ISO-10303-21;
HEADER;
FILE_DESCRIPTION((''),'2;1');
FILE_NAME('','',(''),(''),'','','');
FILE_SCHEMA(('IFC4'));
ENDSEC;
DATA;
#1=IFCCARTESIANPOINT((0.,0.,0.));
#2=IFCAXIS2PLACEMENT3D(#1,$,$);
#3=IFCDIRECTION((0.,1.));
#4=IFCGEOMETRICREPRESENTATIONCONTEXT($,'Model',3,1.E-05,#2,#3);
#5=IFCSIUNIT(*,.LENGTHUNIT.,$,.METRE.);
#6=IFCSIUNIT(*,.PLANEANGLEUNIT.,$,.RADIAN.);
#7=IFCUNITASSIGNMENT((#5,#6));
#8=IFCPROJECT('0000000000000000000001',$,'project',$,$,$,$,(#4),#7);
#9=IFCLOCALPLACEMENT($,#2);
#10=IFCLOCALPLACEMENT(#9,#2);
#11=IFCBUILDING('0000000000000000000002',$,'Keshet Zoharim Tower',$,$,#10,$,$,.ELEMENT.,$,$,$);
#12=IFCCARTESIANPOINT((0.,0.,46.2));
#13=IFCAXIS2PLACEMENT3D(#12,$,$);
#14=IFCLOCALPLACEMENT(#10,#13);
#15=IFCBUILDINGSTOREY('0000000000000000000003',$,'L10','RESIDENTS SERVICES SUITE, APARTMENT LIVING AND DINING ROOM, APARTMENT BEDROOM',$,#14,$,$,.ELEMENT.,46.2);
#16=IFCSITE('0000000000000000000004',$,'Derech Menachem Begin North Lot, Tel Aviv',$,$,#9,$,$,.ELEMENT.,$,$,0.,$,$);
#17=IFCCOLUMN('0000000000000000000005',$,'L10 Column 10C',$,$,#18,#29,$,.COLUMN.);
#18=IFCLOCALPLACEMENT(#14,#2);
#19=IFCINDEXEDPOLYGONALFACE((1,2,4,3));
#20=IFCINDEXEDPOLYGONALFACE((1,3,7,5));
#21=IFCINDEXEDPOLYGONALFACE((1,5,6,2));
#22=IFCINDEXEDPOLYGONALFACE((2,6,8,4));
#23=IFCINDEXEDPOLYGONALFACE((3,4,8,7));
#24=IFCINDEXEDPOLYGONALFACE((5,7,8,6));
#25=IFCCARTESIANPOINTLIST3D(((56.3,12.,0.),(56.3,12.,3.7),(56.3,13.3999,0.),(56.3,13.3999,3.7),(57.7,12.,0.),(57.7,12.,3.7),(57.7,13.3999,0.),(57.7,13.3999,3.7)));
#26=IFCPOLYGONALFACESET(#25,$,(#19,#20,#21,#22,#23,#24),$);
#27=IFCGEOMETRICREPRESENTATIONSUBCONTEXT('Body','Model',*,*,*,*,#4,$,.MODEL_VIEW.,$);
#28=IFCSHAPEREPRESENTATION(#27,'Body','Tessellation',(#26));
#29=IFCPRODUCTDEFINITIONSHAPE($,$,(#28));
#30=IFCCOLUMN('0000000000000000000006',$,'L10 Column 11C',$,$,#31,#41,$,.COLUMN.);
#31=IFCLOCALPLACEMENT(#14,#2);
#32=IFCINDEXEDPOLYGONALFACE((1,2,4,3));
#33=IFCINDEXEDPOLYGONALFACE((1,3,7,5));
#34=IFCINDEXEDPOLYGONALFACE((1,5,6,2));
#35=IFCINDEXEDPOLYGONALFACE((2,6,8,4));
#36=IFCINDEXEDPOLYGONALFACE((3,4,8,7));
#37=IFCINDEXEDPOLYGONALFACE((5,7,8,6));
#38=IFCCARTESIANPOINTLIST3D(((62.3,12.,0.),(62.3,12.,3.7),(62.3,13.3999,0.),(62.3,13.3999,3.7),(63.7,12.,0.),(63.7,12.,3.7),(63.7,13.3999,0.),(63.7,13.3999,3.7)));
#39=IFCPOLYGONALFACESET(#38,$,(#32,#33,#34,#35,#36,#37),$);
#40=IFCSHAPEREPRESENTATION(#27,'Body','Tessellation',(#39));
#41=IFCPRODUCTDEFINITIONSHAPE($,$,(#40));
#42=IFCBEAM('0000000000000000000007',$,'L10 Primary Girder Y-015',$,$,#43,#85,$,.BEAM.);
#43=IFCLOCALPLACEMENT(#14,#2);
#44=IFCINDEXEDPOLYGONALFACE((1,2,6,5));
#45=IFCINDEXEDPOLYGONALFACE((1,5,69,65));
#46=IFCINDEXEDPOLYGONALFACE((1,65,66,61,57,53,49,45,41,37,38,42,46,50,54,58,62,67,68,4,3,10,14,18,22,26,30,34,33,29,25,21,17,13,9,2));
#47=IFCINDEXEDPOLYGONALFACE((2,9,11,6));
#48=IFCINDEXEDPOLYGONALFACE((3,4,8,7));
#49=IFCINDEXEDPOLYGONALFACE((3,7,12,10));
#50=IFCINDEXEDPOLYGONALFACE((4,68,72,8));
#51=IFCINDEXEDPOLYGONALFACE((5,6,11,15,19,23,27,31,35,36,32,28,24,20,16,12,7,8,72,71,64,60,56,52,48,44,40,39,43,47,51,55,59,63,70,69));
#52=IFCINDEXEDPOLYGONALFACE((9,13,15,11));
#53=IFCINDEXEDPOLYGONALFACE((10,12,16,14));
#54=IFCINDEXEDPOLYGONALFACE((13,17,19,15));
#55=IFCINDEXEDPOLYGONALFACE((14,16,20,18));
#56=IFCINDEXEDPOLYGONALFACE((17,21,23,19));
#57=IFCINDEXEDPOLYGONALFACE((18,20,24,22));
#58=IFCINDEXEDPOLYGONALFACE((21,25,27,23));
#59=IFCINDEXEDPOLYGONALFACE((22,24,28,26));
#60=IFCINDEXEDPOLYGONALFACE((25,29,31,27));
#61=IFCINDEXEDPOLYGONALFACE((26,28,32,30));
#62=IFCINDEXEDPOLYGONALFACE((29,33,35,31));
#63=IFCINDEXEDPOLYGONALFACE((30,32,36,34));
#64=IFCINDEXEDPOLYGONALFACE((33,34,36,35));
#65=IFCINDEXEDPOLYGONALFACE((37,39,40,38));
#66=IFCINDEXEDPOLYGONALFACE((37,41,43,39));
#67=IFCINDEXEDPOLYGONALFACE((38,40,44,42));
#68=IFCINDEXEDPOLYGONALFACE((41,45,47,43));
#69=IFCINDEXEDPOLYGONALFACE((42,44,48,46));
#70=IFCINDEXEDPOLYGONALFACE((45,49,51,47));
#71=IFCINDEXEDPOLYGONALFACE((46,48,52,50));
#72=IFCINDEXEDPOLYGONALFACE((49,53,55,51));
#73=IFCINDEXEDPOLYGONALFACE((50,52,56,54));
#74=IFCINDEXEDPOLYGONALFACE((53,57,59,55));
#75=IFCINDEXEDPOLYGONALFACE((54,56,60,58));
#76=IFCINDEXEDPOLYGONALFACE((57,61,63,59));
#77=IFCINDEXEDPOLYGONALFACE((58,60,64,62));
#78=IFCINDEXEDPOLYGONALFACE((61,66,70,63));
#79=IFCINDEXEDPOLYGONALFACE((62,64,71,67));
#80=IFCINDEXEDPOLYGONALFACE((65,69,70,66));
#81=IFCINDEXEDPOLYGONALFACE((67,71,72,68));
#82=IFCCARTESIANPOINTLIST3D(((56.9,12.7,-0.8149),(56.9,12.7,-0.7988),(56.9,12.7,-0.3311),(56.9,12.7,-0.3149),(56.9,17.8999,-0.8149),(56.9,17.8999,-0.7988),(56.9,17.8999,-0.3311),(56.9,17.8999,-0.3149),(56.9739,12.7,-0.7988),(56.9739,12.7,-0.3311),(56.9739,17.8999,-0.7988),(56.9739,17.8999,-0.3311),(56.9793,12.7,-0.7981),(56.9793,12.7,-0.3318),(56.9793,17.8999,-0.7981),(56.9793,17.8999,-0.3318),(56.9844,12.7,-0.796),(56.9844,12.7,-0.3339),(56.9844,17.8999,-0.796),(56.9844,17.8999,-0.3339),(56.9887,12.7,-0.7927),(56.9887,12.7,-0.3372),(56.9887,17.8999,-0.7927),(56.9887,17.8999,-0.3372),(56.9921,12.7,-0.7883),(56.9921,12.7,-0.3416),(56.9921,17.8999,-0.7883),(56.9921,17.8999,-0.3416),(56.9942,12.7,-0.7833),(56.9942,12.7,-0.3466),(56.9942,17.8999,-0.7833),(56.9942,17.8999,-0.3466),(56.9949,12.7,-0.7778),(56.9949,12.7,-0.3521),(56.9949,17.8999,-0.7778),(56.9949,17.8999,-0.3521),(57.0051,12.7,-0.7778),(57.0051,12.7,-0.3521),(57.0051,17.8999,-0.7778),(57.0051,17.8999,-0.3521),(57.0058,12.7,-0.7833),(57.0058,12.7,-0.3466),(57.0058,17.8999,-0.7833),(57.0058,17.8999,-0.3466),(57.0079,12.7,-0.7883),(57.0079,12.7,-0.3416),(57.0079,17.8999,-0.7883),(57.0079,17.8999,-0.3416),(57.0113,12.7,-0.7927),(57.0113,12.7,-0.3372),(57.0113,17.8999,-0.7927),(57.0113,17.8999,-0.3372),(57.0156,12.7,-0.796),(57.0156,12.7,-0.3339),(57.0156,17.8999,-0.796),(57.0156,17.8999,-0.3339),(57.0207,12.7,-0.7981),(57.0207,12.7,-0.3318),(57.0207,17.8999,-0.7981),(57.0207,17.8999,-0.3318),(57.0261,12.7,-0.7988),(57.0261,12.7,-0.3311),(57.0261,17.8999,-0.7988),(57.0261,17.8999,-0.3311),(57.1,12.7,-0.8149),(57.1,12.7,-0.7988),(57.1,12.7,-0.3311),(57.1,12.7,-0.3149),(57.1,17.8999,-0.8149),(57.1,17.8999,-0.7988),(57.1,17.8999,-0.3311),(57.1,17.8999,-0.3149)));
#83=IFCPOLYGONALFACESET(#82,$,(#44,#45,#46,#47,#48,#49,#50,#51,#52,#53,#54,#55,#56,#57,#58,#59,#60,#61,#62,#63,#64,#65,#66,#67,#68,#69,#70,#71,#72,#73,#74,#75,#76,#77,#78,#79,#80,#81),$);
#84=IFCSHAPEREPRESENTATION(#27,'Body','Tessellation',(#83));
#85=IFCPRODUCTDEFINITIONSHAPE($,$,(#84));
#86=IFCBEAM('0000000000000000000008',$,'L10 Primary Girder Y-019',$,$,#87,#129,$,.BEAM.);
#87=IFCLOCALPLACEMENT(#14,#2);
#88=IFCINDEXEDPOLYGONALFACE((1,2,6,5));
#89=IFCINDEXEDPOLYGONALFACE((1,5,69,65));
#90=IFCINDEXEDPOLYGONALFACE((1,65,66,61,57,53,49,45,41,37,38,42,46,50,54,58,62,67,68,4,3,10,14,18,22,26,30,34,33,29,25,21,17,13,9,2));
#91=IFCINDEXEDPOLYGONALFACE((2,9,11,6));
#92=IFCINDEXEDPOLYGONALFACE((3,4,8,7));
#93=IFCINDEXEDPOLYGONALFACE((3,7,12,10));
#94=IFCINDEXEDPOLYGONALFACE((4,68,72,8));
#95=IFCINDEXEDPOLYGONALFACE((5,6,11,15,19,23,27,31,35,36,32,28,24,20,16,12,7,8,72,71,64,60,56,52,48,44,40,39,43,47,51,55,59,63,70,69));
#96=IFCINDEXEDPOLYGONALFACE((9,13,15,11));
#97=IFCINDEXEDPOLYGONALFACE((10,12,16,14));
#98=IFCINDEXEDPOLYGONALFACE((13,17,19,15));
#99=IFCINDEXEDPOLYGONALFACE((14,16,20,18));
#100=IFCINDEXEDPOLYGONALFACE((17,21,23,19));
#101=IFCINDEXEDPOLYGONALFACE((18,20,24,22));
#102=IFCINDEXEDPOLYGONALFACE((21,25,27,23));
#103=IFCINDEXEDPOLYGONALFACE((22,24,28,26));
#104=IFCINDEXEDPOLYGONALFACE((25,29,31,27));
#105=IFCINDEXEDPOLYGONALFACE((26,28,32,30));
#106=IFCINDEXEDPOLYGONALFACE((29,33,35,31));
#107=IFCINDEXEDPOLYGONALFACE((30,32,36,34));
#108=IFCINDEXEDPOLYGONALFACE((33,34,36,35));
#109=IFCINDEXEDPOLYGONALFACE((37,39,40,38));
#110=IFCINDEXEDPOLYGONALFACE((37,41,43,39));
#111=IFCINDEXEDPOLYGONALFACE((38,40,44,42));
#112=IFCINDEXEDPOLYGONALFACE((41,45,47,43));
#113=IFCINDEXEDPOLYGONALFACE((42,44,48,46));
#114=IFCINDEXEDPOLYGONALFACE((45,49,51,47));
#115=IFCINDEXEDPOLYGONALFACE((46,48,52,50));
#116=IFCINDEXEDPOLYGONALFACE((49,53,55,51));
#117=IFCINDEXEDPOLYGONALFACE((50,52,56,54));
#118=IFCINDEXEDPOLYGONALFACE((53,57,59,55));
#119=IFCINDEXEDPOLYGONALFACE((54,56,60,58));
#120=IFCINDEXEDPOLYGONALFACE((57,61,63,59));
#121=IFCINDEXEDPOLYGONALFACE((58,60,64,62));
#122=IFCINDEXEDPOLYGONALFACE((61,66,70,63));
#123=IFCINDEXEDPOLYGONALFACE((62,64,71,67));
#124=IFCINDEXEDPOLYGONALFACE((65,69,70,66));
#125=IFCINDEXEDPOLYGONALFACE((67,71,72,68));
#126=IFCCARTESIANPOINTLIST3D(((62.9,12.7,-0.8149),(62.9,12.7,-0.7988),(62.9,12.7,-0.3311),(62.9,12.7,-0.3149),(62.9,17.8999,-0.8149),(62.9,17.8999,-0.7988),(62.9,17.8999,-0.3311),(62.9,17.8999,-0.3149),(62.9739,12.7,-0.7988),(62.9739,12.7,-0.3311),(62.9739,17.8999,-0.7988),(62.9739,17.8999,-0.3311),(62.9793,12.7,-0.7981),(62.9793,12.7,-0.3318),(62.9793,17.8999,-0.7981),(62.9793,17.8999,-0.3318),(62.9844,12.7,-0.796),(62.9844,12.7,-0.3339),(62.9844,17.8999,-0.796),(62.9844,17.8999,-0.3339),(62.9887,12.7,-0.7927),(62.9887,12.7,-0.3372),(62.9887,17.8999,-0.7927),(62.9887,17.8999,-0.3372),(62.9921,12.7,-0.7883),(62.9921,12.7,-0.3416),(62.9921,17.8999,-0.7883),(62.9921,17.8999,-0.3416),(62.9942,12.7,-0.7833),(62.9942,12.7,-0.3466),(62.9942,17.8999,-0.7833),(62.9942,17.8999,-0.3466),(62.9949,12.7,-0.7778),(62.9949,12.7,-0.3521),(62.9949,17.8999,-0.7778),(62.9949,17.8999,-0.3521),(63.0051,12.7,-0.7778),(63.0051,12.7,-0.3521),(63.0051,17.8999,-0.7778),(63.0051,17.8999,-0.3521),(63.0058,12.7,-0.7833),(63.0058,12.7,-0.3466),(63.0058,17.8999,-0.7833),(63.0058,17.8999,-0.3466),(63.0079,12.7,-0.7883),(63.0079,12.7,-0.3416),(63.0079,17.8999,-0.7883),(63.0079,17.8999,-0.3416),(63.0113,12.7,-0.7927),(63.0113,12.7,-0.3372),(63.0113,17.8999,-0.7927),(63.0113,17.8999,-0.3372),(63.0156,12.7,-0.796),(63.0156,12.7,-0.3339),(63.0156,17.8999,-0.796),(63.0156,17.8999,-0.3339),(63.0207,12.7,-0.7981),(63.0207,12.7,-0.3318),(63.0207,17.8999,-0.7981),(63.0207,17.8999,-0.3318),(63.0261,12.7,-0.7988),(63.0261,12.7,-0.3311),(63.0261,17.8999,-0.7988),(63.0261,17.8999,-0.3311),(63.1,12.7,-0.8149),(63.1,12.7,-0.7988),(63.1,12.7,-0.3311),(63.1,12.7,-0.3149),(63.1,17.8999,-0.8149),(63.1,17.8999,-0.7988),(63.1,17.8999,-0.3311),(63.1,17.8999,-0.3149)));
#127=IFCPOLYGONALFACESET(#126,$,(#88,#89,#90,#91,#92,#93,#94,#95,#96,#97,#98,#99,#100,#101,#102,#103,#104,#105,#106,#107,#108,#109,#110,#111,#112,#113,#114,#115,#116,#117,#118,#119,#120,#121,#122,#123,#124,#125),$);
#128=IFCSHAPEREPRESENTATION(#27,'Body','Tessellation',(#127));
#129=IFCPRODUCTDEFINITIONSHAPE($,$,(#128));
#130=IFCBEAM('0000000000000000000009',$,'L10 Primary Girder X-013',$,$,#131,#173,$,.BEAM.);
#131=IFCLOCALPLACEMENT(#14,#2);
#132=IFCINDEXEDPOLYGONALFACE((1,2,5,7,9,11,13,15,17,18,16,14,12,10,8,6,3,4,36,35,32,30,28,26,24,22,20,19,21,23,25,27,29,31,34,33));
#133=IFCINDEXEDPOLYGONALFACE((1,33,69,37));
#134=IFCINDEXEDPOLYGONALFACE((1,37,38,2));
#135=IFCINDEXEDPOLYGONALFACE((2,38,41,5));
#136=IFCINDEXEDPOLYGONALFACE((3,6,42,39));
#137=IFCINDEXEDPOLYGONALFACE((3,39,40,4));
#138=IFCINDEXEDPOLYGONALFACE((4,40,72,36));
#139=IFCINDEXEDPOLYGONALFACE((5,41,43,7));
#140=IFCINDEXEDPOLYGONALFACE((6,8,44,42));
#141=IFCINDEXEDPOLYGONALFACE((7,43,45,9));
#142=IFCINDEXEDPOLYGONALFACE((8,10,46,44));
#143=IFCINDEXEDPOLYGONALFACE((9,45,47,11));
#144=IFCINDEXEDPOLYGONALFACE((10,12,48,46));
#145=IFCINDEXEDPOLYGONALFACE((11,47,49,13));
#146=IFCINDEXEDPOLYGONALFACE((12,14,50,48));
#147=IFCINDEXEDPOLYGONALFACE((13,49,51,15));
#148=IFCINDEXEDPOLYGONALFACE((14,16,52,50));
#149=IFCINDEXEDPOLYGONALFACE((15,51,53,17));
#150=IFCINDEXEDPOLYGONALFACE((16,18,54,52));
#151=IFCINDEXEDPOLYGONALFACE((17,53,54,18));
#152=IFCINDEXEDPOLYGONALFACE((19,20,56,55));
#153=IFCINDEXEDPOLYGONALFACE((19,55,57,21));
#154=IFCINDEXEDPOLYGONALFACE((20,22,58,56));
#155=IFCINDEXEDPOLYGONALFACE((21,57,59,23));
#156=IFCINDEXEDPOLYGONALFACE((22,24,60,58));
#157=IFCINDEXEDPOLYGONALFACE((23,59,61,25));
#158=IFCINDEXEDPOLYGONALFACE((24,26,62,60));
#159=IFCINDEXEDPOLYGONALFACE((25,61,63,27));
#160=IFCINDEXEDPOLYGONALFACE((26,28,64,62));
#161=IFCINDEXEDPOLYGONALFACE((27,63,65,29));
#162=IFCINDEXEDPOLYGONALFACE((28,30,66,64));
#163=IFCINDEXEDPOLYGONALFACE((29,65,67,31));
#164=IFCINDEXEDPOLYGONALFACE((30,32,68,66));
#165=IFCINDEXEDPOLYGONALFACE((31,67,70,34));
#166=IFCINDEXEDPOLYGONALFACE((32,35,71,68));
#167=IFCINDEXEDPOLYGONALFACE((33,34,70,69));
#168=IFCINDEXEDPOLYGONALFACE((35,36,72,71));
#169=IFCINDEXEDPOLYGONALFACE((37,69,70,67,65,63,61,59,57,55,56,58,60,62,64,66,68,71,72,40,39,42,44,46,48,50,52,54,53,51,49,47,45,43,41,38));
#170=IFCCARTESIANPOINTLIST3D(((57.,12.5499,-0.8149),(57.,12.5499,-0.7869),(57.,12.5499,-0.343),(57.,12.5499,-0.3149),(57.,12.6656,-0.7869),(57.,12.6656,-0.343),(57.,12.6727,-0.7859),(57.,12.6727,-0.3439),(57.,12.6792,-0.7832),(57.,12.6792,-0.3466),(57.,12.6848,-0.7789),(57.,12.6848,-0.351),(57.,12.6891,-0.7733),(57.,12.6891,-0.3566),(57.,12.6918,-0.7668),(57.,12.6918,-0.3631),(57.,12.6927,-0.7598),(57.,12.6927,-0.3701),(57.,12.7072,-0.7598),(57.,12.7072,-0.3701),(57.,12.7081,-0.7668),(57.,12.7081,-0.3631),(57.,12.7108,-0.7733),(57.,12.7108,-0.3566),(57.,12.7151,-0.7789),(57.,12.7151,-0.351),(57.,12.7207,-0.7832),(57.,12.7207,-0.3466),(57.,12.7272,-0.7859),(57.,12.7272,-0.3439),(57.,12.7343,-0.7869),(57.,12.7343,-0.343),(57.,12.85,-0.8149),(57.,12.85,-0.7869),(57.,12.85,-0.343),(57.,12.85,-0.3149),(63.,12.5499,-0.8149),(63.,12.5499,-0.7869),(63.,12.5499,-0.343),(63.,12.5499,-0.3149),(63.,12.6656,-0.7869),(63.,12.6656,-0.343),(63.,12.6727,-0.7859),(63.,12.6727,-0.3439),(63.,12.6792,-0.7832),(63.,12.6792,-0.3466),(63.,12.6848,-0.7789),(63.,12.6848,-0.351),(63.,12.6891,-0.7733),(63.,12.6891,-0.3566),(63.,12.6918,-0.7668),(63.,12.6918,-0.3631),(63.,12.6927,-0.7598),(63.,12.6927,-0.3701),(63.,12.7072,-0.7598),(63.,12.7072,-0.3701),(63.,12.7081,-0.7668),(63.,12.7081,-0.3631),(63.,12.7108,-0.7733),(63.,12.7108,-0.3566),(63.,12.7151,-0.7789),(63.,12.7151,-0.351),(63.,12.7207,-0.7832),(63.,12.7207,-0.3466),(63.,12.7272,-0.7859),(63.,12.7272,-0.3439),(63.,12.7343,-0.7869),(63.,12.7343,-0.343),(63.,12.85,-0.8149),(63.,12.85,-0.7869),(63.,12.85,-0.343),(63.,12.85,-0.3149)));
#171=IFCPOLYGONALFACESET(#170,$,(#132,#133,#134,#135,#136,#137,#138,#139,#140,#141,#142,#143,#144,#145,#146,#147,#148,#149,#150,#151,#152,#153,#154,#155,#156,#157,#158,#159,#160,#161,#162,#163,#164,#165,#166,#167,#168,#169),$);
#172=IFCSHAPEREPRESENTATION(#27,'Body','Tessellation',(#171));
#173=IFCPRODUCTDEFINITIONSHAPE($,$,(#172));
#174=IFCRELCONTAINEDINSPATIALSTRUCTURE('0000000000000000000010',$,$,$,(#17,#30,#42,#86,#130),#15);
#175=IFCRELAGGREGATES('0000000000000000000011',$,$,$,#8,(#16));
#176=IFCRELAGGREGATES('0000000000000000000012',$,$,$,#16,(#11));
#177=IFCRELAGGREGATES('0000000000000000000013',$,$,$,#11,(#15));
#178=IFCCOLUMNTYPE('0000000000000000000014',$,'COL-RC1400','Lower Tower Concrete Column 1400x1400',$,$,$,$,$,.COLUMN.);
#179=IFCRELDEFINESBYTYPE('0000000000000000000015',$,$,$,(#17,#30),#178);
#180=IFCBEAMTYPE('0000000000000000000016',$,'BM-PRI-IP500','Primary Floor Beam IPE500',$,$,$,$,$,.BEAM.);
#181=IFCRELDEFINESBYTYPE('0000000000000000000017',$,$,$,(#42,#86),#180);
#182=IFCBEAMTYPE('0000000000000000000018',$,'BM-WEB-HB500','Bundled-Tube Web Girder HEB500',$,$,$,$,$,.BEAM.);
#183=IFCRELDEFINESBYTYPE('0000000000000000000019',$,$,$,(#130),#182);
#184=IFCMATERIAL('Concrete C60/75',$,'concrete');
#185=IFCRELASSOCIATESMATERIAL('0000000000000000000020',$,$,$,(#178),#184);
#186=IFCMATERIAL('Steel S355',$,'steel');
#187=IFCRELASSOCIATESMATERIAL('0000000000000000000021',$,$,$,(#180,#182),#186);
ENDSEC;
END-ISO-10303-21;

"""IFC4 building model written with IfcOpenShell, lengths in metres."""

from ifc_helpers import new_model, si_unit, direction, frame, origin, origin_2d, place, context, subcontext, project, spatial, rectangle, i_section, extrude, material, material_profile, profile_set, type_object, element, save


model = new_model("IFC4")

# Units and contexts
model_context = context("Model", 3, precision=1e-05, world=origin(), true_north=direction((0.0, 1.0)))
body_context = subcontext(model_context, "Body", "Model", "MODEL_VIEW")
ifc_project = project(units=[si_unit("LENGTHUNIT", "METRE"), si_unit("PLANEANGLEUNIT", "RADIAN")], contexts=[model_context])

# Site, building, storey
site_placement = place(None, origin())
site = spatial("IfcSite", under=ifc_project, at=site_placement, Name="Derech Menachem Begin North Lot, Tel Aviv", CompositionType="ELEMENT", RefElevation=0.0)
building_placement = place(site_placement, origin())
building = spatial("IfcBuilding", under=site, at=building_placement, Name="Keshet Zoharim Tower", CompositionType="ELEMENT")
storey_placement = place(building_placement, frame((0.0, 0.0, 46.2)))
storey = spatial("IfcBuildingStorey", under=building, at=storey_placement, Name="L10", Description="RESIDENTS SERVICES SUITE, APARTMENT LIVING AND DINING ROOM, APARTMENT BEDROOM", CompositionType="ELEMENT", Elevation=46.2)

# Columns
ifc_material_1 = material(Name="Concrete C60/75", Category="concrete")
ifc_material_profile_1 = material_profile(ifc_material_1, rectangle(XDim=1.3999, YDim=1.3999, at=origin_2d()), Name="RC1400x1400")
ifc_profile_set_1 = profile_set([ifc_material_profile_1], Name="Concrete C60/75")
column_type = type_object("IfcColumnType", Name="COL-RC1400", Description="Lower Tower Concrete Column 1400x1400", PredefinedType="COLUMN", material=ifc_profile_set_1)
for number, where, z_axis, x_axis, name in (
    (1, (57.0, 12.7, 0.0), (0.0, 0.0, 1.0), (1.0, 0.0, 0.0), "L10 Column 10C"),
    (2, (63.0, 12.7, 0.0), (0.0, 0.0, 1.0), (1.0, 0.0, 0.0), "L10 Column 11C"),
):
    element("IfcColumn", number, at=place(storey_placement, frame(where, z_axis=z_axis, x_axis=x_axis)), inside=storey, type_object=column_type, Name=name, PredefinedType="COLUMN", context=body_context, shape_type="SweptSolid", body=[
        extrude(rectangle(XDim=1.3999, YDim=1.3999, at=origin_2d()), origin(), (0.0, 0.0, 1.0), 3.7),
    ])

# Beams
ifc_material_2 = material(Name="Steel S355", Category="steel")
ifc_material_profile_2 = material_profile(ifc_material_2, i_section(OverallWidth=0.2, OverallDepth=0.5, WebThickness=0.0103, FlangeThickness=0.0161, FilletRadius=0.021, at=origin_2d()), Name="IPE500")
ifc_profile_set_2 = profile_set([ifc_material_profile_2], Name="Steel S355")
beam_type_1 = type_object("IfcBeamType", Name="BM-PRI-IP500", Description="Primary Floor Beam IPE500", PredefinedType="BEAM", material=ifc_profile_set_2)
for number, where, z_axis, x_axis, name in (
    (3, (57.0, 12.7, -0.5649), (0.0, 1.0, 0.0), (-1.0, 0.0, 0.0), "L10 Primary Girder Y-015"),
    (4, (63.0, 12.7, -0.5649), (0.0, 1.0, 0.0), (-1.0, 0.0, 0.0), "L10 Primary Girder Y-019"),
):
    element("IfcBeam", number, at=place(storey_placement, frame(where, z_axis=z_axis, x_axis=x_axis)), inside=storey, type_object=beam_type_1, Name=name, PredefinedType="BEAM", context=body_context, shape_type="SweptSolid", body=[
        extrude(i_section(OverallWidth=0.2, OverallDepth=0.5, WebThickness=0.0103, FlangeThickness=0.0161, FilletRadius=0.021, at=origin_2d()), origin(), (0.0, 0.0, 1.0), 5.2),
    ])
ifc_material_profile_3 = material_profile(ifc_material_2, i_section(OverallWidth=0.3, OverallDepth=0.5, WebThickness=0.0144, FlangeThickness=0.0281, FilletRadius=0.0271, at=origin_2d()), Name="HEB500")
ifc_profile_set_3 = profile_set([ifc_material_profile_3], Name="Steel S355")
beam_type_2 = type_object("IfcBeamType", Name="BM-WEB-HB500", Description="Bundled-Tube Web Girder HEB500", PredefinedType="BEAM", material=ifc_profile_set_3)
for number, where, z_axis, x_axis, name in (
    (5, (57.0, 12.7, -0.5649), (1.0, 0.0, 0.0), (0.0, 1.0, 0.0), "L10 Primary Girder X-013"),
):
    element("IfcBeam", number, at=place(storey_placement, frame(where, z_axis=z_axis, x_axis=x_axis)), inside=storey, type_object=beam_type_2, Name=name, PredefinedType="BEAM", context=body_context, shape_type="SweptSolid", body=[
        extrude(i_section(OverallWidth=0.3, OverallDepth=0.5, WebThickness=0.0144, FlangeThickness=0.0281, FilletRadius=0.0271, at=origin_2d()), origin(), (0.0, 0.0, 1.0), 6.0),
    ])

save(model, "model.ifc")
